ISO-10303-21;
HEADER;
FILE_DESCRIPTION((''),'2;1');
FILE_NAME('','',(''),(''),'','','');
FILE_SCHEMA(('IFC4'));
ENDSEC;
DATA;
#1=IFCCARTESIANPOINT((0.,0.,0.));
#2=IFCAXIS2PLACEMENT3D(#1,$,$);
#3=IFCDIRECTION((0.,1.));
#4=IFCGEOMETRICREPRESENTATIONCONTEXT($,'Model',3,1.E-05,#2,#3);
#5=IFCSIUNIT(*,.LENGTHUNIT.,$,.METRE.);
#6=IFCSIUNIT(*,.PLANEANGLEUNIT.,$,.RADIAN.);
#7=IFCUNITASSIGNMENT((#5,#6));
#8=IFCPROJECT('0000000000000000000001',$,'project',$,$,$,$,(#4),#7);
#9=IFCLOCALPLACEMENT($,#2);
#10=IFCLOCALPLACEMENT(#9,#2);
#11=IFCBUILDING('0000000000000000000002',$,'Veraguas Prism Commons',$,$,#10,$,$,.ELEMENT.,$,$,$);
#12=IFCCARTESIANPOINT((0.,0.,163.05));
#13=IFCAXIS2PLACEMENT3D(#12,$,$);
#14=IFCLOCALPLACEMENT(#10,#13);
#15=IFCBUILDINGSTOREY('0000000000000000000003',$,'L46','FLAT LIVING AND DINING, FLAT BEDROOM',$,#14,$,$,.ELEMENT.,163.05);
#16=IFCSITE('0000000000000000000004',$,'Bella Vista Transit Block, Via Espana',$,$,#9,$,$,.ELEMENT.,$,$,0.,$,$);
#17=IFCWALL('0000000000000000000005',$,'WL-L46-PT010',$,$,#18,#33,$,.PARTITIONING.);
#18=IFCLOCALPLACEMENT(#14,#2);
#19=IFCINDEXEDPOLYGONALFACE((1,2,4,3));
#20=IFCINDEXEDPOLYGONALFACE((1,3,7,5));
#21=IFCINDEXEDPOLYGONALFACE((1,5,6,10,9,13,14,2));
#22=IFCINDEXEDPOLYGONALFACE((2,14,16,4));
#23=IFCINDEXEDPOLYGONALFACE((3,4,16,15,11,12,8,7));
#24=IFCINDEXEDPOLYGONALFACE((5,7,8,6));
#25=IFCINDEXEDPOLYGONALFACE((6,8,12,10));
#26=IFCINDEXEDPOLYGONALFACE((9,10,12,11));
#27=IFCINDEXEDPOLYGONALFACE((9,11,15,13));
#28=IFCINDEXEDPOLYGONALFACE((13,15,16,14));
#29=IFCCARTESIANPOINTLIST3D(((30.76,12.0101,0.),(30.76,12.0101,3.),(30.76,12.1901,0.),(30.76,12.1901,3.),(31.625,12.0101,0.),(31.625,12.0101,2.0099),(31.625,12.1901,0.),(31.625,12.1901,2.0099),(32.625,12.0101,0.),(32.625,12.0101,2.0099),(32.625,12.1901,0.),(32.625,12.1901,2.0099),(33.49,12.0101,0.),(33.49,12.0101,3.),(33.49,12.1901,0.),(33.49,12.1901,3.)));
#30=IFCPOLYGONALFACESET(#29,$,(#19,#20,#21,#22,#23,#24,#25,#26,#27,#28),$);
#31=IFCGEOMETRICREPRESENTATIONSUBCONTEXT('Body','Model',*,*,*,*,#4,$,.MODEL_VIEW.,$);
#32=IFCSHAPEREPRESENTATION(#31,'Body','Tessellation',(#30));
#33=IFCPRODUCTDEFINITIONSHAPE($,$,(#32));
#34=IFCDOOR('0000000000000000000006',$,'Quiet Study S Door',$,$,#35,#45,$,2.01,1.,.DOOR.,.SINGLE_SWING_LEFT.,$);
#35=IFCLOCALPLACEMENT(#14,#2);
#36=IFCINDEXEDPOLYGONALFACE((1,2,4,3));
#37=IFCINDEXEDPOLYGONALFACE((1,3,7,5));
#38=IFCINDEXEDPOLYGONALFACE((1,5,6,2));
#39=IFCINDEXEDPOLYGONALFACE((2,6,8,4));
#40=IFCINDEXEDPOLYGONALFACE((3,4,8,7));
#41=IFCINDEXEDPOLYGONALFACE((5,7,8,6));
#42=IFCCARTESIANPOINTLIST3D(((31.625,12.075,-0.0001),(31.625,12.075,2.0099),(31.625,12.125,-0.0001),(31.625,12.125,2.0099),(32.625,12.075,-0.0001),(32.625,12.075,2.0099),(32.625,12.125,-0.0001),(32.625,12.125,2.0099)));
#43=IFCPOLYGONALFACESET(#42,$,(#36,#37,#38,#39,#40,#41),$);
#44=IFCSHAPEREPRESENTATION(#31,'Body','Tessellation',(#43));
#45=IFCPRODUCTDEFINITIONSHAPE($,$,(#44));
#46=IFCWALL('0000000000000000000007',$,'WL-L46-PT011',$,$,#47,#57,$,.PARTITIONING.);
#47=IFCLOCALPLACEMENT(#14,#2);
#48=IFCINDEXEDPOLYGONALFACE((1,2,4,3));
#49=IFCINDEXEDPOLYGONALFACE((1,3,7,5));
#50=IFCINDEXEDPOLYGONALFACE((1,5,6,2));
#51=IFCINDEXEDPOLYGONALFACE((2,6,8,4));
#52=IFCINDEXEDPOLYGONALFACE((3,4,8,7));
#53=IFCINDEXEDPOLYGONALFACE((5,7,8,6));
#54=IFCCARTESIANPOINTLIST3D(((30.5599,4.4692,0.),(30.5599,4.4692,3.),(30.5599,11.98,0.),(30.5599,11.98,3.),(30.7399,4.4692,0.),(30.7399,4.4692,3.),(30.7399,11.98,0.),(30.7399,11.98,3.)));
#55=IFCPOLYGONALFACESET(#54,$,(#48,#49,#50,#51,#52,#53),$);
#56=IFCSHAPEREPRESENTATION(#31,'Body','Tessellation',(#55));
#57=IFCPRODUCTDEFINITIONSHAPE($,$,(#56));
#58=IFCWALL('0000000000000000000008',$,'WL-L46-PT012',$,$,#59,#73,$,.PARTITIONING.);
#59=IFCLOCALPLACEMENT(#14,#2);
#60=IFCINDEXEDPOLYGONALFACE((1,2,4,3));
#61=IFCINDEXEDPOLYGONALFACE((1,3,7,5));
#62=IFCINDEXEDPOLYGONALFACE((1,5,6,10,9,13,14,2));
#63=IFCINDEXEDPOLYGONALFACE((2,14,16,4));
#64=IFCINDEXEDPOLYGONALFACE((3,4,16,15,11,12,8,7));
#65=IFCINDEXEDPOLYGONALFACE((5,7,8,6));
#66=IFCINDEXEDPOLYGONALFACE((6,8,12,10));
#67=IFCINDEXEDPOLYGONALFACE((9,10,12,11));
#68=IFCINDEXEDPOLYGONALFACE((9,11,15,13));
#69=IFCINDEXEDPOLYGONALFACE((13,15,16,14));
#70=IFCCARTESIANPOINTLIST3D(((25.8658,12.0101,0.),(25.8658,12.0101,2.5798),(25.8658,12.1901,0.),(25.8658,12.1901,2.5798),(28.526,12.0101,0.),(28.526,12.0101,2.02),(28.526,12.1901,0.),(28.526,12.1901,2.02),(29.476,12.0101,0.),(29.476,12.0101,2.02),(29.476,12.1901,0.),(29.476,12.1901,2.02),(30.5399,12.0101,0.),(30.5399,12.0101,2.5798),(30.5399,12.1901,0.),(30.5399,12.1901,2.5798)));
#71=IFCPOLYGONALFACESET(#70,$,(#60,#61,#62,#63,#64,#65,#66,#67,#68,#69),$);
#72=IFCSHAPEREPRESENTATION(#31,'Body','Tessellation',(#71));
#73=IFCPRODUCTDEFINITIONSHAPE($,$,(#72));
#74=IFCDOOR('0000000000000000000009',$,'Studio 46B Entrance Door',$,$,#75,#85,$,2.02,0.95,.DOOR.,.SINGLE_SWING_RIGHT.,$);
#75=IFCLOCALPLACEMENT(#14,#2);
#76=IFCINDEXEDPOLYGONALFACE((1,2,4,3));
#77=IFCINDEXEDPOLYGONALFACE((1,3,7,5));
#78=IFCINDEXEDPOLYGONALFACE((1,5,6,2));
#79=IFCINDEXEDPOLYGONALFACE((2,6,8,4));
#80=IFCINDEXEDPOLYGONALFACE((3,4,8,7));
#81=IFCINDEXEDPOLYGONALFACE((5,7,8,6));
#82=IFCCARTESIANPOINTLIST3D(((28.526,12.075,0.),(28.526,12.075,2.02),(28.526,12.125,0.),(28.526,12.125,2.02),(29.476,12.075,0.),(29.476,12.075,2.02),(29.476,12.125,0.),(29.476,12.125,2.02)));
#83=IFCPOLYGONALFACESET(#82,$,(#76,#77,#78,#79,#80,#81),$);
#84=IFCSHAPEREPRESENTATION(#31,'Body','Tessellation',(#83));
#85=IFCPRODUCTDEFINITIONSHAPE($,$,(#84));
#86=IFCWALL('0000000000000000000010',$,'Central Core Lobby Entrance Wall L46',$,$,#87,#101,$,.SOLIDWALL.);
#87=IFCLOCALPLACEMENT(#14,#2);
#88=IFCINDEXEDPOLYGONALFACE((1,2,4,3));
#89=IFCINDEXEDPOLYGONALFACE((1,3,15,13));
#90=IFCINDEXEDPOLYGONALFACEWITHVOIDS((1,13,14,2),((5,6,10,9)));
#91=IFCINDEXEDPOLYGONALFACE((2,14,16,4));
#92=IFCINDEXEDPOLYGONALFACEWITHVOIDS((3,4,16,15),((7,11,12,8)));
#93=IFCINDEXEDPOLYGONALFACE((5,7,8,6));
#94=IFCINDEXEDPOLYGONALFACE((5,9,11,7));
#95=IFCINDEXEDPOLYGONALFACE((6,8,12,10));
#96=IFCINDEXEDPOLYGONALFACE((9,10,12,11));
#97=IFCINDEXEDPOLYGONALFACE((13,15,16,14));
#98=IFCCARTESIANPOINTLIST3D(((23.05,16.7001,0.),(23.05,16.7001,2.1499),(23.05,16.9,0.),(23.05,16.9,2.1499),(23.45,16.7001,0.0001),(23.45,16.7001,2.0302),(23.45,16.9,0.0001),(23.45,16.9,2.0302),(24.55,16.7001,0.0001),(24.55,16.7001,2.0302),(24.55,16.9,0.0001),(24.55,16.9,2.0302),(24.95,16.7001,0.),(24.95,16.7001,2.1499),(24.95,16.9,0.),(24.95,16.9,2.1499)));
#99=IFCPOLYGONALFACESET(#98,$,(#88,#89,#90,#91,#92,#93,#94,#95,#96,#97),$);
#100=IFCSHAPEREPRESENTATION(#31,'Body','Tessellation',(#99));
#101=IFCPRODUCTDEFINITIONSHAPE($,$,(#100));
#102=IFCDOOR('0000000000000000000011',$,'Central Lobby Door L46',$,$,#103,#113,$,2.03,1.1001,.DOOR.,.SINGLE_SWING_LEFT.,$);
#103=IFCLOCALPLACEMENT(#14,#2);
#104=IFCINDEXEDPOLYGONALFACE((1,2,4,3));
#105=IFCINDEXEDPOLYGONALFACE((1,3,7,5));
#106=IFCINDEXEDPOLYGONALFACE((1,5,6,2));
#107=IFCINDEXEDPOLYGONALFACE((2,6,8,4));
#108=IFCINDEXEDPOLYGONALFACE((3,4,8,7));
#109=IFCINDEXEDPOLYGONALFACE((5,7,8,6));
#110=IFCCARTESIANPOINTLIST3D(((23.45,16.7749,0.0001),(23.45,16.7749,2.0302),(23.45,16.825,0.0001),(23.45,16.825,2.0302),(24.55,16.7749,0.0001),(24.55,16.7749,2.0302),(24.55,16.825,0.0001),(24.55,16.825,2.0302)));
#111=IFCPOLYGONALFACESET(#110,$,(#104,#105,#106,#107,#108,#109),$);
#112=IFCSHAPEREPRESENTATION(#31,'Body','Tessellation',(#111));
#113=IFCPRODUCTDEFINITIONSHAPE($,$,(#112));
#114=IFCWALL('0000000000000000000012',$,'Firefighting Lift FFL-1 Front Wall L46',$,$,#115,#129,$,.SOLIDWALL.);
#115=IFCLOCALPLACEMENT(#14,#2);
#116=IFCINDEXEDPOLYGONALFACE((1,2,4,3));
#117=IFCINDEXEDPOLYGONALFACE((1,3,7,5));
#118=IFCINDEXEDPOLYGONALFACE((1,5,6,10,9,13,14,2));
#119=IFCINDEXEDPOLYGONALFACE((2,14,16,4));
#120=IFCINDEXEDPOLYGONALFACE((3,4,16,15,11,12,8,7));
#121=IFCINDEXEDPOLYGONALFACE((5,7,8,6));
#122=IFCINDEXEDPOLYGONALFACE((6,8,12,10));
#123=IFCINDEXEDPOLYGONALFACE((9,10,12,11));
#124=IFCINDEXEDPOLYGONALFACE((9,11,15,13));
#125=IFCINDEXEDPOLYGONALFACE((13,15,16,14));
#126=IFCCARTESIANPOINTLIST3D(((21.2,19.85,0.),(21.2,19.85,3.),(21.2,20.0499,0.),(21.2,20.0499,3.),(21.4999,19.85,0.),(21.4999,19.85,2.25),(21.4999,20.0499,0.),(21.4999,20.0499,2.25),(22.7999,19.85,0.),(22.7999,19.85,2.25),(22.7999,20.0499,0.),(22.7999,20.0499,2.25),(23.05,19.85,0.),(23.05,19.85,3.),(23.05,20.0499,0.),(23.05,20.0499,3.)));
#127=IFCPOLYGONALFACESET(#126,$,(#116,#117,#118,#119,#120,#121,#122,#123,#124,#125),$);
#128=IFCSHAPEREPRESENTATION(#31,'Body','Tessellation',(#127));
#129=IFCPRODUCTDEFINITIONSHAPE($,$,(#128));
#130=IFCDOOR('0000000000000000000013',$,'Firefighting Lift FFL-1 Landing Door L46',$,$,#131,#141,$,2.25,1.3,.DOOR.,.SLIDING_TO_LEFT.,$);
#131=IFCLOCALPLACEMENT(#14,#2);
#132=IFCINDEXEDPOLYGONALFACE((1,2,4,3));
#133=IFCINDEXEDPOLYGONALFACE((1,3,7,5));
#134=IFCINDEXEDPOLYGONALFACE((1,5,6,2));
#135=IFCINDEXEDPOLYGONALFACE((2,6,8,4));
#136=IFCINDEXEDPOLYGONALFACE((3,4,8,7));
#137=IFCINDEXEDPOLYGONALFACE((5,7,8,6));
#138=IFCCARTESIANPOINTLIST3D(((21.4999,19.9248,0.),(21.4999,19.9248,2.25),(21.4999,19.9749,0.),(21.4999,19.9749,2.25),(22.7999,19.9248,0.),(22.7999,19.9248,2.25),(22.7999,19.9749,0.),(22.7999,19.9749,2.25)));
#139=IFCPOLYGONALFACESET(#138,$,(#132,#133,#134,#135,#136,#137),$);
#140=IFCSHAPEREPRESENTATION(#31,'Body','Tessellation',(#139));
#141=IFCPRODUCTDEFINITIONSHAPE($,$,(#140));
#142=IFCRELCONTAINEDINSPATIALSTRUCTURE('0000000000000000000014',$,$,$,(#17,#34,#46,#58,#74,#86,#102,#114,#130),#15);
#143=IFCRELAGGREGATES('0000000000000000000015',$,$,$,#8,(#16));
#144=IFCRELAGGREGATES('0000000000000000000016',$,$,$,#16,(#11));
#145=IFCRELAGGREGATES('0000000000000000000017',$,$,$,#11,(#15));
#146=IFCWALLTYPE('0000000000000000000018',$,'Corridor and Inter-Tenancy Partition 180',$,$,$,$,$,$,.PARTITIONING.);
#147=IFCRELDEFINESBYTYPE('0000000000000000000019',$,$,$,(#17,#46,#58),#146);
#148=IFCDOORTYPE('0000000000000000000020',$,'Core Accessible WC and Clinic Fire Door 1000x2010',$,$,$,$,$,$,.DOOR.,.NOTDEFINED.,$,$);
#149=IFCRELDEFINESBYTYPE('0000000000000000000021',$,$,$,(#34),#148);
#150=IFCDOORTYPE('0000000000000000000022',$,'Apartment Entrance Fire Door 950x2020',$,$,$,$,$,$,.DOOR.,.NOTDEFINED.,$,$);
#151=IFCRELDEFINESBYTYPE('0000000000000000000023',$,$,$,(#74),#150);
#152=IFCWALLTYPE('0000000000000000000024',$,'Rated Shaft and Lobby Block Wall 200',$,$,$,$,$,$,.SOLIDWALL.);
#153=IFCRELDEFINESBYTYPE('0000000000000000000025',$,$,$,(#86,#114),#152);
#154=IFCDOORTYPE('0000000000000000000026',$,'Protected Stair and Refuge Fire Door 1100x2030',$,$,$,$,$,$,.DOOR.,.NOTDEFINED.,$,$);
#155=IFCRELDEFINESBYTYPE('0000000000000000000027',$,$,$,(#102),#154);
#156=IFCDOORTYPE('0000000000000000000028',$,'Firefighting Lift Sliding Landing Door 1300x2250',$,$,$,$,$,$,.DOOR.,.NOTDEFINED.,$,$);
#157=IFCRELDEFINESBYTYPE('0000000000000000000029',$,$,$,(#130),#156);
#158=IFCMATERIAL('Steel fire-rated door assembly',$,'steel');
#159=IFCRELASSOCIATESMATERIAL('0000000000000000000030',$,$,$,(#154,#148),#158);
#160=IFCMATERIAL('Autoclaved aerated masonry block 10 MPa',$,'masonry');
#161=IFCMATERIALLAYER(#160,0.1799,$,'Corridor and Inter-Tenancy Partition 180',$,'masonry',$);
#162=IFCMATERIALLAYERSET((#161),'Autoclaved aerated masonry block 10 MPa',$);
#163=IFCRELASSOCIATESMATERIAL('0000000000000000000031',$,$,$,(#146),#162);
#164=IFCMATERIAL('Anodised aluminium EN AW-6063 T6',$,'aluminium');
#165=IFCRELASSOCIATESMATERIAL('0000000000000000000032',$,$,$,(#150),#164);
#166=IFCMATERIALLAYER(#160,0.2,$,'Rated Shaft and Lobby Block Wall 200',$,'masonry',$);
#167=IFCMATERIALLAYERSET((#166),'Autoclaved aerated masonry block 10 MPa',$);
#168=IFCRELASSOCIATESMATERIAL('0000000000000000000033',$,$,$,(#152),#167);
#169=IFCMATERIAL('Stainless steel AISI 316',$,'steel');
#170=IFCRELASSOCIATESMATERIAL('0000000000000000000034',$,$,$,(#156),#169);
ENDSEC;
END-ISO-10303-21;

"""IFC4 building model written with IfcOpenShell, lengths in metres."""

from ifc_helpers import new_model, si_unit, direction, frame, frame_2d, origin, place, context, subcontext, project, spatial, rectangle, extrude, source, transform, mapped, material, layer, layer_set, type_object, element, fill, save


model = new_model("IFC4")

# Units and contexts
model_context = context("Model", 3, precision=1e-05, world=origin(), true_north=direction((0.0, 1.0)))
body_context = subcontext(model_context, "Body", "Model", "MODEL_VIEW")
ifc_project = project(units=[si_unit("LENGTHUNIT", "METRE"), si_unit("PLANEANGLEUNIT", "RADIAN")], contexts=[model_context])

# Site, building, storey
site_placement = place(None, origin())
site = spatial("IfcSite", under=ifc_project, at=site_placement, Name="Bella Vista Transit Block, Via Espana", CompositionType="ELEMENT", RefElevation=0.0)
building_placement = place(site_placement, origin())
building = spatial("IfcBuilding", under=site, at=building_placement, Name="Veraguas Prism Commons", CompositionType="ELEMENT")
storey_placement = place(building_placement, frame((0.0, 0.0, 163.05)))
storey = spatial("IfcBuildingStorey", under=building, at=storey_placement, Name="L46", Description="FLAT LIVING AND DINING, FLAT BEDROOM", CompositionType="ELEMENT", Elevation=163.05)

# Shared definitions
ifc_material_1 = material(Name="Steel fire-rated door assembly", Category="steel")
door_type_1 = type_object("IfcDoorType", Name="Protected Stair and Refuge Fire Door 1100x2030", OperationType="NOTDEFINED", PredefinedType="DOOR", material=ifc_material_1)
shared_shape_1 = source(origin(), body_context, "Body", "SweptSolid", [
    extrude(rectangle(XDim=1.1001, YDim=2.03, at=frame_2d((0.55, 1.0151))), frame((0.0, 0.0249, 0.0), z_axis=(0.0, -1.0, 0.0), x_axis=(1.0, 0.0, 0.0)), (0.0, 0.0, 1.0), 0.05),
])

# Shared definitions
ifc_material_2 = material(Name="Autoclaved aerated masonry block 10 MPa", Category="masonry")
ifc_layer_1 = layer(ifc_material_2, 0.1799, Name="Corridor and Inter-Tenancy Partition 180", Category="masonry")
ifc_layer_set_1 = layer_set([ifc_layer_1], Name="Autoclaved aerated masonry block 10 MPa")
wall_type_1 = type_object("IfcWallType", Name="Corridor and Inter-Tenancy Partition 180", PredefinedType="PARTITIONING", material=ifc_layer_set_1)

# Wall, opening, door
wall_1_placement = place(storey_placement, frame((30.76, 12.1001, 0.0), z_axis=(0.0, 0.0, 1.0), x_axis=(1.0, 0.0, 0.0)))
wall_1 = element("IfcWall", 1, at=wall_1_placement, inside=storey, type_object=wall_type_1, Name="WL-L46-PT010", PredefinedType="PARTITIONING", context=body_context, shape_type="SweptSolid", body=[
    extrude(rectangle(XDim=2.73, YDim=0.1799, at=frame_2d((1.365, 0.0))), origin(), (0.0, 0.0, 1.0), 3.0),
])
opening_1_placement = place(wall_1_placement, frame((0.865, 0.0, 0.0)))
opening_1 = element("IfcOpeningElement", 2, at=opening_1_placement, cuts=wall_1, PredefinedType="OPENING", context=body_context, shape_type="SweptSolid", body=[
    extrude(rectangle(XDim=1.0, YDim=2.01, at=frame_2d((0.5, 1.0049))), frame((0.0, 0.0999, 0.0), z_axis=(0.0, -1.0, 0.0), x_axis=(1.0, 0.0, 0.0)), (0.0, 0.0, 1.0), 0.2),
])
door_type_2 = type_object("IfcDoorType", Name="Core Accessible WC and Clinic Fire Door 1000x2010", OperationType="NOTDEFINED", PredefinedType="DOOR", material=ifc_material_1)
shared_shape_2 = source(origin(), body_context, "Body", "SweptSolid", [
    extrude(rectangle(XDim=1.0, YDim=2.01, at=frame_2d((0.5, 1.0049))), frame((0.0, 0.0249, 0.0), z_axis=(0.0, -1.0, 0.0), x_axis=(1.0, 0.0, 0.0)), (0.0, 0.0, 1.0), 0.05),
])
door_1_placement = place(opening_1_placement, origin())
door_1 = element("IfcDoor", 3, at=door_1_placement, inside=storey, type_object=door_type_2, Name="Quiet Study S Door", OperationType="SINGLE_SWING_LEFT", OverallHeight=2.01, OverallWidth=1.0, PredefinedType="DOOR", context=body_context, shape_type="MappedRepresentation", body=[
    mapped(shared_shape_2, transform((0.0, 0.0, 0.0), scale=1.0)),
])
fill(opening_1, door_1)

# Wall
wall_2_placement = place(storey_placement, frame((30.6499, 11.98, 0.0), z_axis=(0.0, 0.0, 1.0), x_axis=(0.0, -1.0, 0.0)))
element("IfcWall", 4, at=wall_2_placement, inside=storey, type_object=wall_type_1, Name="WL-L46-PT011", PredefinedType="PARTITIONING", context=body_context, shape_type="SweptSolid", body=[
    extrude(rectangle(XDim=7.5107, YDim=0.1799, at=frame_2d((3.7554, 0.0))), origin(), (0.0, 0.0, 1.0), 3.0),
])

# Walls, openings, doors
wall_3_placement = place(storey_placement, frame((25.866, 12.1001, 0.0), z_axis=(0.0, 0.0, 1.0), x_axis=(1.0, 0.0, 0.0)))
wall_3 = element("IfcWall", 5, at=wall_3_placement, inside=storey, type_object=wall_type_1, Name="WL-L46-PT012", PredefinedType="PARTITIONING", context=body_context, shape_type="SweptSolid", body=[
    extrude(rectangle(XDim=4.6741, YDim=0.1799, at=frame_2d((2.3369, 0.0))), origin(), (0.0, 0.0, 1.0), 2.5798),
])
opening_2_placement = place(wall_3_placement, frame((2.6599, 0.0, 0.0)))
opening_2 = element("IfcOpeningElement", 6, at=opening_2_placement, cuts=wall_3, PredefinedType="OPENING", context=body_context, shape_type="SweptSolid", body=[
    extrude(rectangle(XDim=0.95, YDim=2.02, at=frame_2d((0.4751, 1.01))), frame((0.0, 0.0999, 0.0), z_axis=(0.0, -1.0, 0.0), x_axis=(1.0, 0.0, 0.0)), (0.0, 0.0, 1.0), 0.2),
])
ifc_material_3 = material(Name="Anodised aluminium EN AW-6063 T6", Category="aluminium")
door_type_3 = type_object("IfcDoorType", Name="Apartment Entrance Fire Door 950x2020", OperationType="NOTDEFINED", PredefinedType="DOOR", material=ifc_material_3)
shared_shape_3 = source(origin(), body_context, "Body", "SweptSolid", [
    extrude(rectangle(XDim=0.95, YDim=2.02, at=frame_2d((0.4751, 1.01))), frame((0.0, 0.0249, 0.0), z_axis=(0.0, -1.0, 0.0), x_axis=(1.0, 0.0, 0.0)), (0.0, 0.0, 1.0), 0.05),
])
door_2_placement = place(opening_2_placement, origin())
door_2 = element("IfcDoor", 7, at=door_2_placement, inside=storey, type_object=door_type_3, Name="Studio 46B Entrance Door", OperationType="SINGLE_SWING_RIGHT", OverallHeight=2.02, OverallWidth=0.95, PredefinedType="DOOR", context=body_context, shape_type="MappedRepresentation", body=[
    mapped(shared_shape_3, transform((0.0, 0.0, 0.0), scale=1.0)),
])
fill(opening_2, door_2)
ifc_layer_2 = layer(ifc_material_2, 0.2, Name="Rated Shaft and Lobby Block Wall 200", Category="masonry")
ifc_layer_set_2 = layer_set([ifc_layer_2], Name="Autoclaved aerated masonry block 10 MPa")
wall_type_2 = type_object("IfcWallType", Name="Rated Shaft and Lobby Block Wall 200", PredefinedType="SOLIDWALL", material=ifc_layer_set_2)
wall_4_placement = place(storey_placement, frame((23.05, 16.8, 0.0), z_axis=(0.0, 0.0, 1.0), x_axis=(1.0, 0.0, 0.0)))
wall_4 = element("IfcWall", 8, at=wall_4_placement, inside=storey, type_object=wall_type_2, Name="Central Core Lobby Entrance Wall L46", PredefinedType="SOLIDWALL", context=body_context, shape_type="SweptSolid", body=[
    extrude(rectangle(XDim=1.8999, YDim=0.2, at=frame_2d((0.95, 0.0))), origin(), (0.0, 0.0, 1.0), 2.1499),
])
opening_3_placement = place(wall_4_placement, frame((0.3999, 0.0, 0.0)))
opening_3 = element("IfcOpeningElement", 9, at=opening_3_placement, cuts=wall_4, PredefinedType="OPENING", context=body_context, shape_type="SweptSolid", body=[
    extrude(rectangle(XDim=1.1001, YDim=2.03, at=frame_2d((0.55, 1.0151))), frame((0.0, 0.1099, 0.0), z_axis=(0.0, -1.0, 0.0), x_axis=(1.0, 0.0, 0.0)), (0.0, 0.0, 1.0), 0.22),
])
door_3_placement = place(opening_3_placement, origin())
door_3 = element("IfcDoor", 10, at=door_3_placement, inside=storey, type_object=door_type_1, Name="Central Lobby Door L46", OperationType="SINGLE_SWING_LEFT", OverallHeight=2.03, OverallWidth=1.1001, PredefinedType="DOOR", context=body_context, shape_type="MappedRepresentation", body=[
    mapped(shared_shape_1, transform((0.0, 0.0, 0.0), scale=1.0)),
])
fill(opening_3, door_3)
wall_5_placement = place(storey_placement, frame((21.2, 19.95, 0.0), z_axis=(0.0, 0.0, 1.0), x_axis=(1.0, 0.0, 0.0)))
wall_5 = element("IfcWall", 11, at=wall_5_placement, inside=storey, type_object=wall_type_2, Name="Firefighting Lift FFL-1 Front Wall L46", PredefinedType="SOLIDWALL", context=body_context, shape_type="SweptSolid", body=[
    extrude(rectangle(XDim=1.8501, YDim=0.2, at=frame_2d((0.925, 0.0))), origin(), (0.0, 0.0, 1.0), 3.0),
])
opening_4_placement = place(wall_5_placement, frame((0.3, 0.0, 0.0)))
opening_4 = element("IfcOpeningElement", 12, at=opening_4_placement, cuts=wall_5, PredefinedType="OPENING", context=body_context, shape_type="SweptSolid", body=[
    extrude(rectangle(XDim=1.3, YDim=2.25, at=frame_2d((0.6499, 1.125))), frame((0.0, 0.1099, 0.0), z_axis=(0.0, -1.0, 0.0), x_axis=(1.0, 0.0, 0.0)), (0.0, 0.0, 1.0), 0.22),
])
ifc_material_4 = material(Name="Stainless steel AISI 316", Category="steel")
door_type_4 = type_object("IfcDoorType", Name="Firefighting Lift Sliding Landing Door 1300x2250", OperationType="NOTDEFINED", PredefinedType="DOOR", material=ifc_material_4)
shared_shape_4 = source(origin(), body_context, "Body", "SweptSolid", [
    extrude(rectangle(XDim=1.3, YDim=2.25, at=frame_2d((0.6499, 1.125))), frame((0.0, 0.0249, 0.0), z_axis=(0.0, -1.0, 0.0), x_axis=(1.0, 0.0, 0.0)), (0.0, 0.0, 1.0), 0.05),
])
door_4_placement = place(opening_4_placement, origin())
door_4 = element("IfcDoor", 13, at=door_4_placement, inside=storey, type_object=door_type_4, Name="Firefighting Lift FFL-1 Landing Door L46", OperationType="SLIDING_TO_LEFT", OverallHeight=2.25, OverallWidth=1.3, PredefinedType="DOOR", context=body_context, shape_type="MappedRepresentation", body=[
    mapped(shared_shape_4, transform((0.0, 0.0, 0.0), scale=1.0)),
])
fill(opening_4, door_4)

save(model, "model.ifc")
